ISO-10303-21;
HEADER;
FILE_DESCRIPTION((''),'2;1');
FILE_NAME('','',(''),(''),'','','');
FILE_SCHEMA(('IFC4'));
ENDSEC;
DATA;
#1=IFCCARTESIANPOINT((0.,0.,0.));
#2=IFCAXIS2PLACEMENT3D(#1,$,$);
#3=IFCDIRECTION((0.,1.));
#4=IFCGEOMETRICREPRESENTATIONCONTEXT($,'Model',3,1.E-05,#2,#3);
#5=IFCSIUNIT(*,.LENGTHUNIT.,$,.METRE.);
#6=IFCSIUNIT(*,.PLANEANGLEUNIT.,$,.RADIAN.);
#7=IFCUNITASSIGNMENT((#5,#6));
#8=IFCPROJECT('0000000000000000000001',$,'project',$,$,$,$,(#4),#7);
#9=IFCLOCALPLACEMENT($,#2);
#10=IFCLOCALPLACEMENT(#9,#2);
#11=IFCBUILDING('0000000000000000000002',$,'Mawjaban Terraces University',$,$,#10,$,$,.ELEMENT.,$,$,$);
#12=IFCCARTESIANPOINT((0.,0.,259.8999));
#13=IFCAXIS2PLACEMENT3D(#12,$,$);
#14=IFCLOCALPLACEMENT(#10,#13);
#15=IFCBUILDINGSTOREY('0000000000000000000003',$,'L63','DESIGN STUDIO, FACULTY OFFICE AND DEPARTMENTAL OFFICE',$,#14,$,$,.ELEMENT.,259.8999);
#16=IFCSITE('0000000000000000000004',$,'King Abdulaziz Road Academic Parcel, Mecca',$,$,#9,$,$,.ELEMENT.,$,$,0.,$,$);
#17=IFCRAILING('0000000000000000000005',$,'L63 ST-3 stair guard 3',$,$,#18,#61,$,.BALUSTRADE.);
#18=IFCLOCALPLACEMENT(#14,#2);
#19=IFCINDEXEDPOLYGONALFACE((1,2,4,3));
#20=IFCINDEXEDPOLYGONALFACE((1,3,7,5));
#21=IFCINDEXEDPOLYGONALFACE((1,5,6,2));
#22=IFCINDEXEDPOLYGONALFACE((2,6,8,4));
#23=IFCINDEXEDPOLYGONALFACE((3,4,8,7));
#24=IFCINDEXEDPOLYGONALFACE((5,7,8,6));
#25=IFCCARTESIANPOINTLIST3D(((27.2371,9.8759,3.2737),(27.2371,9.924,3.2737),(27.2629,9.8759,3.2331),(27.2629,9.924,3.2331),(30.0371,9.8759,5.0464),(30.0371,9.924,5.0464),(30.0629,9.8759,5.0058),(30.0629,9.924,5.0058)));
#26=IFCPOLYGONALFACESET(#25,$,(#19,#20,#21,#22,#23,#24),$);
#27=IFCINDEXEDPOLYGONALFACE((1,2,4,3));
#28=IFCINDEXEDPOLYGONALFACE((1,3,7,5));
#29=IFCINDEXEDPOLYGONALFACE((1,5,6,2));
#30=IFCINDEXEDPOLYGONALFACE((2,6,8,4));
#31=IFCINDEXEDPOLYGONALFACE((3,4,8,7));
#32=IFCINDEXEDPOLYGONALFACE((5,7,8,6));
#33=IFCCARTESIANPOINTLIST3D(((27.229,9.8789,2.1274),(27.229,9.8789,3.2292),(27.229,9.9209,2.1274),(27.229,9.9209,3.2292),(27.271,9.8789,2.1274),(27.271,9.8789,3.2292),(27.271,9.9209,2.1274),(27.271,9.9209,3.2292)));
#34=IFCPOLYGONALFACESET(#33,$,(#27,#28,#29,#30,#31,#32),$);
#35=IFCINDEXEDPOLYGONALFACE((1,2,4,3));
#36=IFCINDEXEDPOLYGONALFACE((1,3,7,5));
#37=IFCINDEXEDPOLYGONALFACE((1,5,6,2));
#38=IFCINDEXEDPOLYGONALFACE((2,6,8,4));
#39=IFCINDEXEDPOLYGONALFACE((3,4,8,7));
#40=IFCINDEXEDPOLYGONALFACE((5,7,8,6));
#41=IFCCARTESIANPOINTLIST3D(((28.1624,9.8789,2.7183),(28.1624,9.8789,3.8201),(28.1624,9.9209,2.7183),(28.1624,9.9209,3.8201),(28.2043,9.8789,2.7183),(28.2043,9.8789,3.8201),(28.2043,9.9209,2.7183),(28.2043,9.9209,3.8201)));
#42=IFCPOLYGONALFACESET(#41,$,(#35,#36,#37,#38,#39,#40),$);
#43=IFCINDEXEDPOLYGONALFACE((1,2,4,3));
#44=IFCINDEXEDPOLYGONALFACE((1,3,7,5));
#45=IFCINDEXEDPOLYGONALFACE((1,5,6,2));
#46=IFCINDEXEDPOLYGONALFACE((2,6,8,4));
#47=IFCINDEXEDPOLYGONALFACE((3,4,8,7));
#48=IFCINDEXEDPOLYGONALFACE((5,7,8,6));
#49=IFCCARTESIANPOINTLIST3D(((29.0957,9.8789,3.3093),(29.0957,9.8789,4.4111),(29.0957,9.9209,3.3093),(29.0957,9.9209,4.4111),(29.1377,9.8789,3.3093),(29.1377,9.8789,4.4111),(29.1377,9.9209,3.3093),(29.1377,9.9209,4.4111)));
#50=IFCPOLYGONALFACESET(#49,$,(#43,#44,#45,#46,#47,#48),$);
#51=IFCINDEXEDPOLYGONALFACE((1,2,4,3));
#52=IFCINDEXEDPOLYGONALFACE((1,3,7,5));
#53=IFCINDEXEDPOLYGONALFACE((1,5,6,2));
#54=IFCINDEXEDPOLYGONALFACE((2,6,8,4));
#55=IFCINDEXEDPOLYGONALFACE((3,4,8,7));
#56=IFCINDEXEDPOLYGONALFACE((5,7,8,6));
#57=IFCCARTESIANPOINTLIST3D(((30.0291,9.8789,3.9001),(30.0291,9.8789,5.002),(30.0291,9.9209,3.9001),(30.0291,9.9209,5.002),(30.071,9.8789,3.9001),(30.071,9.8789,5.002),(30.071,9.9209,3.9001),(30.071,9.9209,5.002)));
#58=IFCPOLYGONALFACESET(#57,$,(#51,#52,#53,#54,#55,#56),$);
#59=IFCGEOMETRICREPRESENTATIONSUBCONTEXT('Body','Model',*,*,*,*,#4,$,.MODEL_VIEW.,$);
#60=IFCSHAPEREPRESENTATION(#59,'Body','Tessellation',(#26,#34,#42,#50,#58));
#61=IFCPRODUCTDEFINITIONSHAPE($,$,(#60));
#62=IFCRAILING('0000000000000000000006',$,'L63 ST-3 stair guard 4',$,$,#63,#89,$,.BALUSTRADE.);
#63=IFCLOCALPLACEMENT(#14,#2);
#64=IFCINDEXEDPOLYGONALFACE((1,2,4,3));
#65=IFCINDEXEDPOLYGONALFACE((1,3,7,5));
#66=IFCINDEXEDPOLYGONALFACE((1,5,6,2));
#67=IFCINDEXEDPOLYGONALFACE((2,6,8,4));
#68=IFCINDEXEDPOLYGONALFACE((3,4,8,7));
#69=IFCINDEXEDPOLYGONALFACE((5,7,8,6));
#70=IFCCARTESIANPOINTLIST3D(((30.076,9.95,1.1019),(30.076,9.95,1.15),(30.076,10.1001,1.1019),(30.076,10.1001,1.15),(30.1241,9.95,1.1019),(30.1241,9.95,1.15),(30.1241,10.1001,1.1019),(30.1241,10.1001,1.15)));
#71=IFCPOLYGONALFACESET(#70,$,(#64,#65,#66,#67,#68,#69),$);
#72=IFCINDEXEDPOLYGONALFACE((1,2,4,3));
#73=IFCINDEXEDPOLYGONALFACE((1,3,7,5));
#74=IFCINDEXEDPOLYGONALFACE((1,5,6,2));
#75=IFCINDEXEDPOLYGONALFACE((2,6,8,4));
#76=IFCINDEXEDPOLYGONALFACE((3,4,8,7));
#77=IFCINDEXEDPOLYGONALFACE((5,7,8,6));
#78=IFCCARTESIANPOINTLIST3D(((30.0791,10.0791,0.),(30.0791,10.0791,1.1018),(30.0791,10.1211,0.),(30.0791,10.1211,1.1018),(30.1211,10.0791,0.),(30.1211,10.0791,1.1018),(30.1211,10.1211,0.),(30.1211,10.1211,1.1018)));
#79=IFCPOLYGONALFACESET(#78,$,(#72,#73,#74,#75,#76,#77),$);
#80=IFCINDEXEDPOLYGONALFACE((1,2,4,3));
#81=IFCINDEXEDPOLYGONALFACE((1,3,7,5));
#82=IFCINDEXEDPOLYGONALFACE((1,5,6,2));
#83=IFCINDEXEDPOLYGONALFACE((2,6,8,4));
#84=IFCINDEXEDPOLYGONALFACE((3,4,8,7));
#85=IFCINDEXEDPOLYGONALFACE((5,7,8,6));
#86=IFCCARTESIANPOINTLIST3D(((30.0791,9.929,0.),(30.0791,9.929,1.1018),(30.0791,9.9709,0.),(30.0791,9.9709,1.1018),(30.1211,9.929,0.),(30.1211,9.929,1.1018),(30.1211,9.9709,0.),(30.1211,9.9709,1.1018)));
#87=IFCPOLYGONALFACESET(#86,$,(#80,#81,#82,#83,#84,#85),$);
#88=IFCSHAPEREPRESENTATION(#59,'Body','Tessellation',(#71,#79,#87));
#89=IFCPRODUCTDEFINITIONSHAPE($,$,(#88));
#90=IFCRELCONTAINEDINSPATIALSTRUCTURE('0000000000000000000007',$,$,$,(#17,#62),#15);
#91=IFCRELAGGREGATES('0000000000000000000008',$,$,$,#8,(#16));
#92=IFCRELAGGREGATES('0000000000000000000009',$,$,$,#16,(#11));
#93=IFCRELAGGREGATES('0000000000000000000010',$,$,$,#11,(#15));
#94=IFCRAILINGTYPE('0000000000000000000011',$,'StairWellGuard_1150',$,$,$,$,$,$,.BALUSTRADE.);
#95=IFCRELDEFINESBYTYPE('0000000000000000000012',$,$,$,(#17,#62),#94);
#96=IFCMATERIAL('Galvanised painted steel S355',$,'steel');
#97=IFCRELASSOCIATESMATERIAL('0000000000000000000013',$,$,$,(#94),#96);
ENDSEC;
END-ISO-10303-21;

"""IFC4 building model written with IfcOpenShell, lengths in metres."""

from ifc_helpers import new_model, si_unit, direction, frame, origin, origin_2d, place, context, subcontext, project, spatial, rectangle, extrude, material, type_object, element, save


model = new_model("IFC4")

# Units and contexts
model_context = context("Model", 3, precision=1e-05, world=origin(), true_north=direction((0.0, 1.0)))
body_context = subcontext(model_context, "Body", "Model", "MODEL_VIEW")
ifc_project = project(units=[si_unit("LENGTHUNIT", "METRE"), si_unit("PLANEANGLEUNIT", "RADIAN")], contexts=[model_context])

# Site, building, storey
site_placement = place(None, origin())
site = spatial("IfcSite", under=ifc_project, at=site_placement, Name="King Abdulaziz Road Academic Parcel, Mecca", CompositionType="ELEMENT", RefElevation=0.0)
building_placement = place(site_placement, origin())
building = spatial("IfcBuilding", under=site, at=building_placement, Name="Mawjaban Terraces University", CompositionType="ELEMENT")
storey_placement = place(building_placement, frame((0.0, 0.0, 259.8999)))
storey = spatial("IfcBuildingStorey", under=building, at=storey_placement, Name="L63", Description="DESIGN STUDIO, FACULTY OFFICE AND DEPARTMENTAL OFFICE", CompositionType="ELEMENT", Elevation=259.8999)

# Railings
ifc_material_1 = material(Name="Galvanised painted steel S355", Category="steel")
railing_type_1 = type_object("IfcRailingType", Name="StairWellGuard_1150", PredefinedType="BALUSTRADE", material=ifc_material_1)
railing_1_placement = place(storey_placement, frame((27.25, 9.8999, 2.1274)))
element("IfcRailing", 1, at=railing_1_placement, inside=storey, type_object=railing_type_1, Name="L63 ST-3 stair guard 3", PredefinedType="BALUSTRADE", context=body_context, shape_type="SweptSolid", body=[
    extrude(rectangle(XDim=0.0481, YDim=0.0481, at=origin_2d()), frame((0.0, 0.0, 1.126), z_axis=(0.844909, 0.0, 0.53491), x_axis=(0.0, 1.0, 0.0)), (0.0, 0.0, 1.0), 3.314),
    extrude(rectangle(XDim=0.042, YDim=0.042, at=origin_2d()), origin(), (0.0, 0.0, 1.0), 1.1018),
    extrude(rectangle(XDim=0.042, YDim=0.042, at=origin_2d()), frame((0.9333, 0.0, 0.5908)), (0.0, 0.0, 1.0), 1.1018),
    extrude(rectangle(XDim=0.042, YDim=0.042, at=origin_2d()), frame((1.8667, 0.0, 1.1819)), (0.0, 0.0, 1.0), 1.1018),
    extrude(rectangle(XDim=0.042, YDim=0.042, at=origin_2d()), frame((2.8, 0.0, 1.7727)), (0.0, 0.0, 1.0), 1.1018),
])
railing_2_placement = place(storey_placement, frame((30.1001, 10.1001, 0.0)))
element("IfcRailing", 2, at=railing_2_placement, inside=storey, type_object=railing_type_1, Name="L63 ST-3 stair guard 4", PredefinedType="BALUSTRADE", context=body_context, shape_type="SweptSolid", body=[
    extrude(rectangle(XDim=0.0481, YDim=0.0481, at=origin_2d()), frame((0.0, 0.0, 1.126), z_axis=(0.0, -1.0, 0.0), x_axis=(1.0, 0.0, 0.0)), (0.0, 0.0, 1.0), 0.1501),
    extrude(rectangle(XDim=0.042, YDim=0.042, at=origin_2d()), origin(), (0.0, 0.0, 1.0), 1.1018),
    extrude(rectangle(XDim=0.042, YDim=0.042, at=origin_2d()), frame((0.0, -0.1501, 0.0)), (0.0, 0.0, 1.0), 1.1018),
])

save(model, "model.ifc")
